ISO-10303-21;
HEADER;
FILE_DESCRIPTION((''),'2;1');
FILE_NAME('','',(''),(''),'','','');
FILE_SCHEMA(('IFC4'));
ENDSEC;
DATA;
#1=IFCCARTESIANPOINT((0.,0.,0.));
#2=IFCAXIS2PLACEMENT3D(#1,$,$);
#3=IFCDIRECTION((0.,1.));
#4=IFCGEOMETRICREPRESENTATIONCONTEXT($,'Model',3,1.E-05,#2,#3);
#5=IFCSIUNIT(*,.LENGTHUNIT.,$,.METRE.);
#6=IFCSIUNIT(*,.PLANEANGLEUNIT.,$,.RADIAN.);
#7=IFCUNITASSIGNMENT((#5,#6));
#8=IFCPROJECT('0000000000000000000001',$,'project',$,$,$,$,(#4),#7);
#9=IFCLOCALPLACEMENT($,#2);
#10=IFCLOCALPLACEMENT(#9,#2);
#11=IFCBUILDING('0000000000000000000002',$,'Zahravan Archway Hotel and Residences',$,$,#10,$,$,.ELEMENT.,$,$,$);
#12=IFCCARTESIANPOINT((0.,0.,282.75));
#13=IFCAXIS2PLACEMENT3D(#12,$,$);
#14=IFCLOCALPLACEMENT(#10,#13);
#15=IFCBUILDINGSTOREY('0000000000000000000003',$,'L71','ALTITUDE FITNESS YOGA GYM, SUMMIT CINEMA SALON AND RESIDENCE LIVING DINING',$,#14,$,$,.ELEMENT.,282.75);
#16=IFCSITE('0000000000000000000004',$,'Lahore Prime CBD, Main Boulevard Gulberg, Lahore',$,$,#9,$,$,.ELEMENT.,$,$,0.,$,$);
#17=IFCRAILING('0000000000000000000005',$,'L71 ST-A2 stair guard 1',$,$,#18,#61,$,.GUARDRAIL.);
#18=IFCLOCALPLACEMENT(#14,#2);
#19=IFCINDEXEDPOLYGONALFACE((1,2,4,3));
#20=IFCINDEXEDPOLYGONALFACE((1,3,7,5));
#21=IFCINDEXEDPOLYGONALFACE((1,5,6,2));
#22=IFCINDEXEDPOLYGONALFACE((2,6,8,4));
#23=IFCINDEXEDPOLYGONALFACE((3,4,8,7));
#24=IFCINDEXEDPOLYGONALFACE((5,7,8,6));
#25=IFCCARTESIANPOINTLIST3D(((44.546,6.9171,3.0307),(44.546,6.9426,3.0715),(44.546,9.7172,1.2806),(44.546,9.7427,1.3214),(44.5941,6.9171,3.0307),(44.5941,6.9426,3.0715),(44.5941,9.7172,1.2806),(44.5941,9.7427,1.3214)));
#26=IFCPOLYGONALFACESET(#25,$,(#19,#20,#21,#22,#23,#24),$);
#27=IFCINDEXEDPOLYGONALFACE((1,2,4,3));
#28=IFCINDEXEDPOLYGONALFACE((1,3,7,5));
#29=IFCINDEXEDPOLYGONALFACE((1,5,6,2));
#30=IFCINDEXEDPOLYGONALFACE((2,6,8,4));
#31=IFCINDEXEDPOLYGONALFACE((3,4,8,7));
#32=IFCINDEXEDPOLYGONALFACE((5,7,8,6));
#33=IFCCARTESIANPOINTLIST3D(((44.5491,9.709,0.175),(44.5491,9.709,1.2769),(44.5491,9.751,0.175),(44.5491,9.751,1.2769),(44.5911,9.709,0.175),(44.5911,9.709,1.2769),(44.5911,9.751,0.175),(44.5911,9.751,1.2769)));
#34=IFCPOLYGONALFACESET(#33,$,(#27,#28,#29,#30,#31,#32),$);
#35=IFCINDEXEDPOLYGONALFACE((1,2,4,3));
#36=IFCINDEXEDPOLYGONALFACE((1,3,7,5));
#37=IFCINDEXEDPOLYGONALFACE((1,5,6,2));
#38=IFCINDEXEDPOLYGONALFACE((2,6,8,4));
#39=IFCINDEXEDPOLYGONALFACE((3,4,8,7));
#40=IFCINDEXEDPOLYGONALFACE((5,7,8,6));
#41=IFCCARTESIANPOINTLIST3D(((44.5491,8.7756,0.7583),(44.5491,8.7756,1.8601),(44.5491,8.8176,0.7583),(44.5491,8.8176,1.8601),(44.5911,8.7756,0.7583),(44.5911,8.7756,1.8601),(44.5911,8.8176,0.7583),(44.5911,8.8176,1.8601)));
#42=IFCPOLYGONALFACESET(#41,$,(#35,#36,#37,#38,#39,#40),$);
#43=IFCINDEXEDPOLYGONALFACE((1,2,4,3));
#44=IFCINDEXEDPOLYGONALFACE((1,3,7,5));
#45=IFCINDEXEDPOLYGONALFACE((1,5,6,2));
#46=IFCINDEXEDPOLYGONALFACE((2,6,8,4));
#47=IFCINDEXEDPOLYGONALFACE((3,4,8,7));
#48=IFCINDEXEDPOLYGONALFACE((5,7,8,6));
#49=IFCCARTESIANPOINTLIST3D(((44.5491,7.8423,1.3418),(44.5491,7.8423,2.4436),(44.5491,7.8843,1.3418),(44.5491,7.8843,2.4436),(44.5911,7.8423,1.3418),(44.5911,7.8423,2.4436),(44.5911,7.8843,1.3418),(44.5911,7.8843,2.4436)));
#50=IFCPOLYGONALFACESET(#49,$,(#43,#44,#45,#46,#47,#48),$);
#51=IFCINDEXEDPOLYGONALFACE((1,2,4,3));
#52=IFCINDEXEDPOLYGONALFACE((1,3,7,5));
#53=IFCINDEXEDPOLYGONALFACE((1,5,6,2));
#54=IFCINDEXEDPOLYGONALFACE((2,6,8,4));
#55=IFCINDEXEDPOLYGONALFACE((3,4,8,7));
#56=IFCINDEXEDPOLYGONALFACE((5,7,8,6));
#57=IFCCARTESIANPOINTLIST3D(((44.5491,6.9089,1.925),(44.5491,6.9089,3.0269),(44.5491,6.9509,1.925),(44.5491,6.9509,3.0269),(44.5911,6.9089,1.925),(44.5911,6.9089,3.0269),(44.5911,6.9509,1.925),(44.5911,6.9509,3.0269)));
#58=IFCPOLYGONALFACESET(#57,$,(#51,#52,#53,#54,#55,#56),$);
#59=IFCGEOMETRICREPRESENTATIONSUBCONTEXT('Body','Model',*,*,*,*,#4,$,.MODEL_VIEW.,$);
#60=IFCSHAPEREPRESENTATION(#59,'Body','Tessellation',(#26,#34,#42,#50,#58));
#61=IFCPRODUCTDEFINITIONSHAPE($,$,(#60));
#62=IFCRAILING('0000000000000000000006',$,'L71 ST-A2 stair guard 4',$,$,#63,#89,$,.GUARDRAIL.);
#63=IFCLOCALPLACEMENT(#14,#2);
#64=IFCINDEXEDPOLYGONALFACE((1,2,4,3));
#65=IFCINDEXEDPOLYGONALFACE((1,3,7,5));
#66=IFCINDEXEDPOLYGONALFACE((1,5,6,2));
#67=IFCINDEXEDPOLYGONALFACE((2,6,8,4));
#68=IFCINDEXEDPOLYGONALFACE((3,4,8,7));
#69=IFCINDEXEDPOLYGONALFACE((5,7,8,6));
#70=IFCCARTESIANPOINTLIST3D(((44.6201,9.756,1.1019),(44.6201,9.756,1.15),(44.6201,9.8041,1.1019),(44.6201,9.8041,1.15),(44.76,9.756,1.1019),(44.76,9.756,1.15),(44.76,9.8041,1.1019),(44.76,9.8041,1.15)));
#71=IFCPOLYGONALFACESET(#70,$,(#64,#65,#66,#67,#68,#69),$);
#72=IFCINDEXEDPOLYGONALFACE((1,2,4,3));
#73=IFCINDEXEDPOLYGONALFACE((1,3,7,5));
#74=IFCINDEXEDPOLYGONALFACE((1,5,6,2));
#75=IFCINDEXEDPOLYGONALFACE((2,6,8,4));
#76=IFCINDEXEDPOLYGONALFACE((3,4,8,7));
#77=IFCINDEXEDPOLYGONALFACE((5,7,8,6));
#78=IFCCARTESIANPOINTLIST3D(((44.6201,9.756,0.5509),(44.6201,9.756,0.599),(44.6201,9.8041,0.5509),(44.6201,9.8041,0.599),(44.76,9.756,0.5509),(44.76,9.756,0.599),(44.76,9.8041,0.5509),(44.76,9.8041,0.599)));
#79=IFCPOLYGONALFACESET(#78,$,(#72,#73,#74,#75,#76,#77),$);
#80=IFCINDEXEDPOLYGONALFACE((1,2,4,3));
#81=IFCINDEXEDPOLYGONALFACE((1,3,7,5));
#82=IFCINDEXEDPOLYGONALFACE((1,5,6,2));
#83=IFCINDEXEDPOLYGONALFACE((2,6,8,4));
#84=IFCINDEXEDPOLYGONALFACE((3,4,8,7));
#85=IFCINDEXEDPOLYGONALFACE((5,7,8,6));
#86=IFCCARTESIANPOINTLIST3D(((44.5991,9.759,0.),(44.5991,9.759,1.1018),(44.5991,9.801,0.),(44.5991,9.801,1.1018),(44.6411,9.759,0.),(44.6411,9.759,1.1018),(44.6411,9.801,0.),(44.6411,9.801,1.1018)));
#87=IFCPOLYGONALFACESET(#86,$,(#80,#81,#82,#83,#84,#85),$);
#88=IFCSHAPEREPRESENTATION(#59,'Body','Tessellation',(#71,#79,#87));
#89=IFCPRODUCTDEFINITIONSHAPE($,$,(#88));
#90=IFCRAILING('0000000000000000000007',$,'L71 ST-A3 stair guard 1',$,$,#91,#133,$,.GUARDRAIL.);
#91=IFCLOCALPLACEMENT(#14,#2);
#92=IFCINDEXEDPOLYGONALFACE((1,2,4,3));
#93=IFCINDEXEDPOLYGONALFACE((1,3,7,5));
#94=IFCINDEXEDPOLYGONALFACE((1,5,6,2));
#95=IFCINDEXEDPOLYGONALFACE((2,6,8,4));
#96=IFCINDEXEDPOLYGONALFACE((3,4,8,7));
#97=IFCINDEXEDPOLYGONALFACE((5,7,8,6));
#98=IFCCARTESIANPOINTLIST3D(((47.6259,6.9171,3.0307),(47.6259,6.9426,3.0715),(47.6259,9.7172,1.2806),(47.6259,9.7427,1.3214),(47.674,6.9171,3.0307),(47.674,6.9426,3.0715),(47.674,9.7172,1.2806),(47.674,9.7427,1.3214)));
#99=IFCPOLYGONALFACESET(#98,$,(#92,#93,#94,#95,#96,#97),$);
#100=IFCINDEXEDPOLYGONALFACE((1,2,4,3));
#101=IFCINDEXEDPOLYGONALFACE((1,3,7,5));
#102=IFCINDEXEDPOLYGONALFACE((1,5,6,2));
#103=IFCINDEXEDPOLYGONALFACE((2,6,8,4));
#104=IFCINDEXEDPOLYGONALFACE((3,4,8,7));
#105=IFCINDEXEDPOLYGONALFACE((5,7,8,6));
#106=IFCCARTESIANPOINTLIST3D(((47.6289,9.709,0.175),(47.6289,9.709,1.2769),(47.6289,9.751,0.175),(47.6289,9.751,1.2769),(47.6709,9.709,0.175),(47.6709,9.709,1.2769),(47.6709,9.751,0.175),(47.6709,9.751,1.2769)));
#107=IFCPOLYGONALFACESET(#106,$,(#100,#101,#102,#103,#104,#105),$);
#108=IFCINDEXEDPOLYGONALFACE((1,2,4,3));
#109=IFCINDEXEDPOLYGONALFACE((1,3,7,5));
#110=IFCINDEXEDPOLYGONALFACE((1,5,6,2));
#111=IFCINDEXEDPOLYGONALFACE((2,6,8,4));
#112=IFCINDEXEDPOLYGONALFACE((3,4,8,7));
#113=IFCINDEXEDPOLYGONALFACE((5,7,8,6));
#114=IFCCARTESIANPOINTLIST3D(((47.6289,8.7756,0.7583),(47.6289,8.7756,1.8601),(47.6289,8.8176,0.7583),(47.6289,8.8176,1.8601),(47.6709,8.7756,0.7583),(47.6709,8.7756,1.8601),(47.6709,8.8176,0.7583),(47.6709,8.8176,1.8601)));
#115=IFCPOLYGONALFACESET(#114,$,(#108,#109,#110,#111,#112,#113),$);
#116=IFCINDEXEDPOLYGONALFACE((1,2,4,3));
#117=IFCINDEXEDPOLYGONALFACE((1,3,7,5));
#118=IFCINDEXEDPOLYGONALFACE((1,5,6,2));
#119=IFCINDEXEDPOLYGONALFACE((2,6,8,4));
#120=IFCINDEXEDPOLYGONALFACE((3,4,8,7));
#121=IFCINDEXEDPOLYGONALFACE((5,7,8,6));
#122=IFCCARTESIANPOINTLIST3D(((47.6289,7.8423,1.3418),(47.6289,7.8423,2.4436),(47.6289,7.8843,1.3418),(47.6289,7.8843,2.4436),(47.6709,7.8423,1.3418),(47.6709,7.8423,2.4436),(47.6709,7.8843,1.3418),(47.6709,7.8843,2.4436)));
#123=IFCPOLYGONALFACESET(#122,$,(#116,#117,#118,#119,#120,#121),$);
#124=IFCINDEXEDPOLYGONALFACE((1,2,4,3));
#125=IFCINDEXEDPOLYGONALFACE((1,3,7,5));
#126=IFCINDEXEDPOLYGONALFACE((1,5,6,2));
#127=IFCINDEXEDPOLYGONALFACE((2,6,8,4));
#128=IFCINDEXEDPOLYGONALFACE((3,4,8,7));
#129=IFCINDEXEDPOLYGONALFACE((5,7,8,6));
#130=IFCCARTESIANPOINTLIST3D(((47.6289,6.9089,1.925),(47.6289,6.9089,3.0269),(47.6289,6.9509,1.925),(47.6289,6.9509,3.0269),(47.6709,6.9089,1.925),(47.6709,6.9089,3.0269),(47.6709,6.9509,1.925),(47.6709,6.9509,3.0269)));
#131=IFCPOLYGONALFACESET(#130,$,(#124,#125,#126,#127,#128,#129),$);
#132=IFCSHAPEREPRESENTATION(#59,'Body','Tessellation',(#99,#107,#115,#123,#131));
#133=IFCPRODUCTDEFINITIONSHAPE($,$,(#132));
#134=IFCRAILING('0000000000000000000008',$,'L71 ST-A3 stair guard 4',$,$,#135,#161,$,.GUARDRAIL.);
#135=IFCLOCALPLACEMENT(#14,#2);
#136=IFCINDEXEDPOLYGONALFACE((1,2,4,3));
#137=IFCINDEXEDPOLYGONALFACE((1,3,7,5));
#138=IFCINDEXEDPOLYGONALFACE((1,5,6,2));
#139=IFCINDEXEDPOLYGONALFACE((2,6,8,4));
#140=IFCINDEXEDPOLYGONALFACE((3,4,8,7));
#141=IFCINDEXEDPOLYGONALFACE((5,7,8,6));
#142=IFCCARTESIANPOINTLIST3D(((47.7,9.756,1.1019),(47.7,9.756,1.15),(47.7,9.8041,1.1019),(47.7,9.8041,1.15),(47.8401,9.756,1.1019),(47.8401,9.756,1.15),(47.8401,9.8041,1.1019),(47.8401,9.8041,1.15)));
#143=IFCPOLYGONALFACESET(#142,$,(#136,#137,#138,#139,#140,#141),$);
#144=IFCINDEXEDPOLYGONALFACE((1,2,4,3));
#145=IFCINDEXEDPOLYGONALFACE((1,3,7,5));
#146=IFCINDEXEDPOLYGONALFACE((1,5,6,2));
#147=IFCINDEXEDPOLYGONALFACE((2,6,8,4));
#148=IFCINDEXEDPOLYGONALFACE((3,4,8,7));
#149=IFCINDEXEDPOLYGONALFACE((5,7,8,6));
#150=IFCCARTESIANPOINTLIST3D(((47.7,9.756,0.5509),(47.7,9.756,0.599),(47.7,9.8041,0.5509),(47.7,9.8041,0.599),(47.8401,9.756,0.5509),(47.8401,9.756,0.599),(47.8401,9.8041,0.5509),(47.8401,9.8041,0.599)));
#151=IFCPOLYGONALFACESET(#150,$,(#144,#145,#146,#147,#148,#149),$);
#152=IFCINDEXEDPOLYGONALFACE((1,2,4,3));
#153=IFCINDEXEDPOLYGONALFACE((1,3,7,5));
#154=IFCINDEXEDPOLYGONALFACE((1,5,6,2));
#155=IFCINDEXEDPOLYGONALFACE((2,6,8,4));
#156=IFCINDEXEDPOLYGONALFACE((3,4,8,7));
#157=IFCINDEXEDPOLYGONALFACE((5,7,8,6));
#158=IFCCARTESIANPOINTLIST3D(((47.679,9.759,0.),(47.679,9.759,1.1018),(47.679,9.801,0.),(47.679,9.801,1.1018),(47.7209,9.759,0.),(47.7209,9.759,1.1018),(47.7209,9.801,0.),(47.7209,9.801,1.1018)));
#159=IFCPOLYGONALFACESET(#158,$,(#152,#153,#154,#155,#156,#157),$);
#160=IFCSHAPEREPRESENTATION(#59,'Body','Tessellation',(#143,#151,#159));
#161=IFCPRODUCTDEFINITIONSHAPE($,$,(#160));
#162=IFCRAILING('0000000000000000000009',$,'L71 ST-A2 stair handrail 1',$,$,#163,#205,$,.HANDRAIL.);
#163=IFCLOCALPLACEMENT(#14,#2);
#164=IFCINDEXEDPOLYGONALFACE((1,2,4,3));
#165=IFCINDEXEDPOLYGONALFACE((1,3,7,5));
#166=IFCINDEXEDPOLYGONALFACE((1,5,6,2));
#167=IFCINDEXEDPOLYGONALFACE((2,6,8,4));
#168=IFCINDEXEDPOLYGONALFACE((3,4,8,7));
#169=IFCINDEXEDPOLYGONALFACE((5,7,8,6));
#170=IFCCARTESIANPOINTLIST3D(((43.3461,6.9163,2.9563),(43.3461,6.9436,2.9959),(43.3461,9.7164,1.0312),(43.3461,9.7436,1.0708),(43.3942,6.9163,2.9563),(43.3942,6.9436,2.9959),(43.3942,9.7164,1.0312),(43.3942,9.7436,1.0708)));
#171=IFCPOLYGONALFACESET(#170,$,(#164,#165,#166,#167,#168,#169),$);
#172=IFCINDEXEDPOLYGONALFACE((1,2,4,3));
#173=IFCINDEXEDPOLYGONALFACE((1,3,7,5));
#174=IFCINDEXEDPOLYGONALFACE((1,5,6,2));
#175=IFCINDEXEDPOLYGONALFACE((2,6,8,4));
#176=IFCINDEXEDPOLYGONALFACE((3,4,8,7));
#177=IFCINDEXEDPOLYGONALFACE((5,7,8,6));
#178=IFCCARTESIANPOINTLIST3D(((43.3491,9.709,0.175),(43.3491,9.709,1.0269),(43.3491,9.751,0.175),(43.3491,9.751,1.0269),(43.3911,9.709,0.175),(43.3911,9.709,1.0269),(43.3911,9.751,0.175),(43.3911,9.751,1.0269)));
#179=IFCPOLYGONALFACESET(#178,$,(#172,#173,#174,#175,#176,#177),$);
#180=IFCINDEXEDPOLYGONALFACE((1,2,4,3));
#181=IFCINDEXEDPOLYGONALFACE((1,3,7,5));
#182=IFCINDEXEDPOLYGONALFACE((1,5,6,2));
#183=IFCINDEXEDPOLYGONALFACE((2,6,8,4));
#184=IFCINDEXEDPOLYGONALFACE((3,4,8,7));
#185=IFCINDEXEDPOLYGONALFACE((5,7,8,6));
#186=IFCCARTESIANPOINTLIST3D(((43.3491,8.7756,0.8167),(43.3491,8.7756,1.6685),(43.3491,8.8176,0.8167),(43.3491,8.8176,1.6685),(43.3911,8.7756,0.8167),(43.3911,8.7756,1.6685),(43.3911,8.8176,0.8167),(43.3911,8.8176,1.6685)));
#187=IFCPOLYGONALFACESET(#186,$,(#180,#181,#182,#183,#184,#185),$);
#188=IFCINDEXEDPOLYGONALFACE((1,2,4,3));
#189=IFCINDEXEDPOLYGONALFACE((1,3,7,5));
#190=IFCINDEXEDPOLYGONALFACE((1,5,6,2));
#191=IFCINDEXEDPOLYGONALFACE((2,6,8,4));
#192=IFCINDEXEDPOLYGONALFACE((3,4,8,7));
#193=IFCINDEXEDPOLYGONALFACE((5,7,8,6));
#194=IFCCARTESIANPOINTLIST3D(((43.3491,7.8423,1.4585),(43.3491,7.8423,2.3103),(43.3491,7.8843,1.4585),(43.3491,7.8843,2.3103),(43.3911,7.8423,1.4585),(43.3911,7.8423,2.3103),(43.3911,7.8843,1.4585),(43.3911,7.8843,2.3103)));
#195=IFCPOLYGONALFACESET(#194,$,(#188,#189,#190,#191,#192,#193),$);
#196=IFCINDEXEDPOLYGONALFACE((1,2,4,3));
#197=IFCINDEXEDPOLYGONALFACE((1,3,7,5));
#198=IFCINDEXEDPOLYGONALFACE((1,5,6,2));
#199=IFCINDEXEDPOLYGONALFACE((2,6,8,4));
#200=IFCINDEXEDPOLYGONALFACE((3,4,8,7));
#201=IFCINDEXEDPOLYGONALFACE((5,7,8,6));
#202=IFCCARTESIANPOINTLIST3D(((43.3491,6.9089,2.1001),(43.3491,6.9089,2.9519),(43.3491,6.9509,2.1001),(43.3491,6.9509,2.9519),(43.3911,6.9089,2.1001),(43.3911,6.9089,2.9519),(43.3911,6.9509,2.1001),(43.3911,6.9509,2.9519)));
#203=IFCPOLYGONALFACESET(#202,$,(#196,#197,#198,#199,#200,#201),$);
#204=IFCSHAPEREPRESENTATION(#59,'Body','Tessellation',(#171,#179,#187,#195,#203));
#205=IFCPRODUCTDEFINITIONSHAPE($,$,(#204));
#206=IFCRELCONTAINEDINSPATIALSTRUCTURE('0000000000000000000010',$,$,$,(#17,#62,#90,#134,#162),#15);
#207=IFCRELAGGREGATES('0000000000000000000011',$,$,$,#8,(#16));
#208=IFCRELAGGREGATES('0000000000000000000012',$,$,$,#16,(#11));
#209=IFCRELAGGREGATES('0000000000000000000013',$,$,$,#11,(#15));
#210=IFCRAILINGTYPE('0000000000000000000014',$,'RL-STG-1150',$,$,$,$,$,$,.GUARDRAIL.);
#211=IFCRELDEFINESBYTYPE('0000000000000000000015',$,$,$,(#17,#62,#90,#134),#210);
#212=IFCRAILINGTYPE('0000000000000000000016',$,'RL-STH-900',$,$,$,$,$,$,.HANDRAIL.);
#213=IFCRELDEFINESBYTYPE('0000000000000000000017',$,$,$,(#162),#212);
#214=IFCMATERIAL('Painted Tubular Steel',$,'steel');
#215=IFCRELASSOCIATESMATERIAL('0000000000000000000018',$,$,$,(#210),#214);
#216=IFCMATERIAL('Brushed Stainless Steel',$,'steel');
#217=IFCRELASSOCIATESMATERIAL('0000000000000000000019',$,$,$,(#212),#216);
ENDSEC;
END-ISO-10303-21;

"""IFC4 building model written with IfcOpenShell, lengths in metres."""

from ifc_helpers import new_model, si_unit, direction, frame, origin, origin_2d, place, context, subcontext, project, spatial, rectangle, extrude, material, type_object, element, save


model = new_model("IFC4")

# Units and contexts
model_context = context("Model", 3, precision=1e-05, world=origin(), true_north=direction((0.0, 1.0)))
body_context = subcontext(model_context, "Body", "Model", "MODEL_VIEW")
ifc_project = project(units=[si_unit("LENGTHUNIT", "METRE"), si_unit("PLANEANGLEUNIT", "RADIAN")], contexts=[model_context])

# Site, building, storey
site_placement = place(None, origin())
site = spatial("IfcSite", under=ifc_project, at=site_placement, Name="Lahore Prime CBD, Main Boulevard Gulberg, Lahore", CompositionType="ELEMENT", RefElevation=0.0)
building_placement = place(site_placement, origin())
building = spatial("IfcBuilding", under=site, at=building_placement, Name="Zahravan Archway Hotel and Residences", CompositionType="ELEMENT")
storey_placement = place(building_placement, frame((0.0, 0.0, 282.75)))
storey = spatial("IfcBuildingStorey", under=building, at=storey_placement, Name="L71", Description="ALTITUDE FITNESS YOGA GYM, SUMMIT CINEMA SALON AND RESIDENCE LIVING DINING", CompositionType="ELEMENT", Elevation=282.75)

# Railings
ifc_material_1 = material(Name="Painted Tubular Steel", Category="steel")
railing_type_1 = type_object("IfcRailingType", Name="RL-STG-1150", PredefinedType="GUARDRAIL", material=ifc_material_1)
railing_1_placement = place(storey_placement, frame((44.5701, 9.73, 0.175)))
element("IfcRailing", 1, at=railing_1_placement, inside=storey, type_object=railing_type_1, Name="L71 ST-A2 stair guard 1", PredefinedType="GUARDRAIL", context=body_context, shape_type="SweptSolid", body=[
    extrude(rectangle(XDim=0.0481, YDim=0.0481, at=origin_2d()), frame((0.0, 0.0, 1.126), z_axis=(0.0, -0.848002, 0.529992), x_axis=(1.0, 0.0, 0.0)), (0.0, 0.0, 1.0), 3.302),
    extrude(rectangle(XDim=0.042, YDim=0.042, at=origin_2d()), origin(), (0.0, 0.0, 1.0), 1.1018),
    extrude(rectangle(XDim=0.042, YDim=0.042, at=origin_2d()), frame((0.0, -0.9333, 0.5833)), (0.0, 0.0, 1.0), 1.1018),
    extrude(rectangle(XDim=0.042, YDim=0.042, at=origin_2d()), frame((0.0, -1.8667, 1.1667)), (0.0, 0.0, 1.0), 1.1018),
    extrude(rectangle(XDim=0.042, YDim=0.042, at=origin_2d()), frame((0.0, -2.8, 1.75)), (0.0, 0.0, 1.0), 1.1018),
])
railing_2_placement = place(storey_placement, frame((44.6201, 9.78, 0.0)))
element("IfcRailing", 2, at=railing_2_placement, inside=storey, type_object=railing_type_1, Name="L71 ST-A2 stair guard 4", PredefinedType="GUARDRAIL", context=body_context, shape_type="SweptSolid", body=[
    extrude(rectangle(XDim=0.0481, YDim=0.0481, at=origin_2d()), frame((0.0, 0.0, 1.126), z_axis=(1.0, 0.0, 0.0), x_axis=(0.0, 1.0, 0.0)), (0.0, 0.0, 1.0), 0.1399),
    extrude(rectangle(XDim=0.0481, YDim=0.0481, at=origin_2d()), frame((0.0, 0.0, 0.575), z_axis=(1.0, 0.0, 0.0), x_axis=(0.0, 1.0, 0.0)), (0.0, 0.0, 1.0), 0.1399),
    extrude(rectangle(XDim=0.042, YDim=0.042, at=origin_2d()), origin(), (0.0, 0.0, 1.0), 1.1018),
])
railing_3_placement = place(storey_placement, frame((47.6499, 9.73, 0.175)))
element("IfcRailing", 3, at=railing_3_placement, inside=storey, type_object=railing_type_1, Name="L71 ST-A3 stair guard 1", PredefinedType="GUARDRAIL", context=body_context, shape_type="SweptSolid", body=[
    extrude(rectangle(XDim=0.0481, YDim=0.0481, at=origin_2d()), frame((0.0, 0.0, 1.126), z_axis=(0.0, -0.848002, 0.529992), x_axis=(1.0, 0.0, 0.0)), (0.0, 0.0, 1.0), 3.302),
    extrude(rectangle(XDim=0.042, YDim=0.042, at=origin_2d()), origin(), (0.0, 0.0, 1.0), 1.1018),
    extrude(rectangle(XDim=0.042, YDim=0.042, at=origin_2d()), frame((0.0, -0.9333, 0.5833)), (0.0, 0.0, 1.0), 1.1018),
    extrude(rectangle(XDim=0.042, YDim=0.042, at=origin_2d()), frame((0.0, -1.8667, 1.1667)), (0.0, 0.0, 1.0), 1.1018),
    extrude(rectangle(XDim=0.042, YDim=0.042, at=origin_2d()), frame((0.0, -2.8, 1.75)), (0.0, 0.0, 1.0), 1.1018),
])
railing_4_placement = place(storey_placement, frame((47.7, 9.78, 0.0)))
element("IfcRailing", 4, at=railing_4_placement, inside=storey, type_object=railing_type_1, Name="L71 ST-A3 stair guard 4", PredefinedType="GUARDRAIL", context=body_context, shape_type="SweptSolid", body=[
    extrude(rectangle(XDim=0.0481, YDim=0.0481, at=origin_2d()), frame((0.0, 0.0, 1.126), z_axis=(1.0, 0.0, 0.0), x_axis=(0.0, 1.0, 0.0)), (0.0, 0.0, 1.0), 0.1401),
    extrude(rectangle(XDim=0.0481, YDim=0.0481, at=origin_2d()), frame((0.0, 0.0, 0.575), z_axis=(1.0, 0.0, 0.0), x_axis=(0.0, 1.0, 0.0)), (0.0, 0.0, 1.0), 0.1401),
    extrude(rectangle(XDim=0.042, YDim=0.042, at=origin_2d()), origin(), (0.0, 0.0, 1.0), 1.1018),
])
ifc_material_2 = material(Name="Brushed Stainless Steel", Category="steel")
railing_type_2 = type_object("IfcRailingType", Name="RL-STH-900", PredefinedType="HANDRAIL", material=ifc_material_2)
for number, where, name in (
    (5, (43.3701, 9.73, 0.175), "L71 ST-A2 stair handrail 1"),
):
    element("IfcRailing", number, at=place(storey_placement, frame(where)), inside=storey, type_object=railing_type_2, Name=name, PredefinedType="HANDRAIL", context=body_context, shape_type="SweptSolid", body=[
        extrude(rectangle(XDim=0.0481, YDim=0.0481, at=origin_2d()), frame((0.0, 0.0, 0.876), z_axis=(0.0, -0.82404, 0.566532), x_axis=(1.0, 0.0, 0.0)), (0.0, 0.0, 1.0), 3.3979),
        extrude(rectangle(XDim=0.042, YDim=0.042, at=origin_2d()), origin(), (0.0, 0.0, 1.0), 0.8518),
        extrude(rectangle(XDim=0.042, YDim=0.042, at=origin_2d()), frame((0.0, -0.9333, 0.6416)), (0.0, 0.0, 1.0), 0.8518),
        extrude(rectangle(XDim=0.042, YDim=0.042, at=origin_2d()), frame((0.0, -1.8667, 1.2834)), (0.0, 0.0, 1.0), 0.8518),
        extrude(rectangle(XDim=0.042, YDim=0.042, at=origin_2d()), frame((0.0, -2.8, 1.925)), (0.0, 0.0, 1.0), 0.8518),
    ])

save(model, "model.ifc")
